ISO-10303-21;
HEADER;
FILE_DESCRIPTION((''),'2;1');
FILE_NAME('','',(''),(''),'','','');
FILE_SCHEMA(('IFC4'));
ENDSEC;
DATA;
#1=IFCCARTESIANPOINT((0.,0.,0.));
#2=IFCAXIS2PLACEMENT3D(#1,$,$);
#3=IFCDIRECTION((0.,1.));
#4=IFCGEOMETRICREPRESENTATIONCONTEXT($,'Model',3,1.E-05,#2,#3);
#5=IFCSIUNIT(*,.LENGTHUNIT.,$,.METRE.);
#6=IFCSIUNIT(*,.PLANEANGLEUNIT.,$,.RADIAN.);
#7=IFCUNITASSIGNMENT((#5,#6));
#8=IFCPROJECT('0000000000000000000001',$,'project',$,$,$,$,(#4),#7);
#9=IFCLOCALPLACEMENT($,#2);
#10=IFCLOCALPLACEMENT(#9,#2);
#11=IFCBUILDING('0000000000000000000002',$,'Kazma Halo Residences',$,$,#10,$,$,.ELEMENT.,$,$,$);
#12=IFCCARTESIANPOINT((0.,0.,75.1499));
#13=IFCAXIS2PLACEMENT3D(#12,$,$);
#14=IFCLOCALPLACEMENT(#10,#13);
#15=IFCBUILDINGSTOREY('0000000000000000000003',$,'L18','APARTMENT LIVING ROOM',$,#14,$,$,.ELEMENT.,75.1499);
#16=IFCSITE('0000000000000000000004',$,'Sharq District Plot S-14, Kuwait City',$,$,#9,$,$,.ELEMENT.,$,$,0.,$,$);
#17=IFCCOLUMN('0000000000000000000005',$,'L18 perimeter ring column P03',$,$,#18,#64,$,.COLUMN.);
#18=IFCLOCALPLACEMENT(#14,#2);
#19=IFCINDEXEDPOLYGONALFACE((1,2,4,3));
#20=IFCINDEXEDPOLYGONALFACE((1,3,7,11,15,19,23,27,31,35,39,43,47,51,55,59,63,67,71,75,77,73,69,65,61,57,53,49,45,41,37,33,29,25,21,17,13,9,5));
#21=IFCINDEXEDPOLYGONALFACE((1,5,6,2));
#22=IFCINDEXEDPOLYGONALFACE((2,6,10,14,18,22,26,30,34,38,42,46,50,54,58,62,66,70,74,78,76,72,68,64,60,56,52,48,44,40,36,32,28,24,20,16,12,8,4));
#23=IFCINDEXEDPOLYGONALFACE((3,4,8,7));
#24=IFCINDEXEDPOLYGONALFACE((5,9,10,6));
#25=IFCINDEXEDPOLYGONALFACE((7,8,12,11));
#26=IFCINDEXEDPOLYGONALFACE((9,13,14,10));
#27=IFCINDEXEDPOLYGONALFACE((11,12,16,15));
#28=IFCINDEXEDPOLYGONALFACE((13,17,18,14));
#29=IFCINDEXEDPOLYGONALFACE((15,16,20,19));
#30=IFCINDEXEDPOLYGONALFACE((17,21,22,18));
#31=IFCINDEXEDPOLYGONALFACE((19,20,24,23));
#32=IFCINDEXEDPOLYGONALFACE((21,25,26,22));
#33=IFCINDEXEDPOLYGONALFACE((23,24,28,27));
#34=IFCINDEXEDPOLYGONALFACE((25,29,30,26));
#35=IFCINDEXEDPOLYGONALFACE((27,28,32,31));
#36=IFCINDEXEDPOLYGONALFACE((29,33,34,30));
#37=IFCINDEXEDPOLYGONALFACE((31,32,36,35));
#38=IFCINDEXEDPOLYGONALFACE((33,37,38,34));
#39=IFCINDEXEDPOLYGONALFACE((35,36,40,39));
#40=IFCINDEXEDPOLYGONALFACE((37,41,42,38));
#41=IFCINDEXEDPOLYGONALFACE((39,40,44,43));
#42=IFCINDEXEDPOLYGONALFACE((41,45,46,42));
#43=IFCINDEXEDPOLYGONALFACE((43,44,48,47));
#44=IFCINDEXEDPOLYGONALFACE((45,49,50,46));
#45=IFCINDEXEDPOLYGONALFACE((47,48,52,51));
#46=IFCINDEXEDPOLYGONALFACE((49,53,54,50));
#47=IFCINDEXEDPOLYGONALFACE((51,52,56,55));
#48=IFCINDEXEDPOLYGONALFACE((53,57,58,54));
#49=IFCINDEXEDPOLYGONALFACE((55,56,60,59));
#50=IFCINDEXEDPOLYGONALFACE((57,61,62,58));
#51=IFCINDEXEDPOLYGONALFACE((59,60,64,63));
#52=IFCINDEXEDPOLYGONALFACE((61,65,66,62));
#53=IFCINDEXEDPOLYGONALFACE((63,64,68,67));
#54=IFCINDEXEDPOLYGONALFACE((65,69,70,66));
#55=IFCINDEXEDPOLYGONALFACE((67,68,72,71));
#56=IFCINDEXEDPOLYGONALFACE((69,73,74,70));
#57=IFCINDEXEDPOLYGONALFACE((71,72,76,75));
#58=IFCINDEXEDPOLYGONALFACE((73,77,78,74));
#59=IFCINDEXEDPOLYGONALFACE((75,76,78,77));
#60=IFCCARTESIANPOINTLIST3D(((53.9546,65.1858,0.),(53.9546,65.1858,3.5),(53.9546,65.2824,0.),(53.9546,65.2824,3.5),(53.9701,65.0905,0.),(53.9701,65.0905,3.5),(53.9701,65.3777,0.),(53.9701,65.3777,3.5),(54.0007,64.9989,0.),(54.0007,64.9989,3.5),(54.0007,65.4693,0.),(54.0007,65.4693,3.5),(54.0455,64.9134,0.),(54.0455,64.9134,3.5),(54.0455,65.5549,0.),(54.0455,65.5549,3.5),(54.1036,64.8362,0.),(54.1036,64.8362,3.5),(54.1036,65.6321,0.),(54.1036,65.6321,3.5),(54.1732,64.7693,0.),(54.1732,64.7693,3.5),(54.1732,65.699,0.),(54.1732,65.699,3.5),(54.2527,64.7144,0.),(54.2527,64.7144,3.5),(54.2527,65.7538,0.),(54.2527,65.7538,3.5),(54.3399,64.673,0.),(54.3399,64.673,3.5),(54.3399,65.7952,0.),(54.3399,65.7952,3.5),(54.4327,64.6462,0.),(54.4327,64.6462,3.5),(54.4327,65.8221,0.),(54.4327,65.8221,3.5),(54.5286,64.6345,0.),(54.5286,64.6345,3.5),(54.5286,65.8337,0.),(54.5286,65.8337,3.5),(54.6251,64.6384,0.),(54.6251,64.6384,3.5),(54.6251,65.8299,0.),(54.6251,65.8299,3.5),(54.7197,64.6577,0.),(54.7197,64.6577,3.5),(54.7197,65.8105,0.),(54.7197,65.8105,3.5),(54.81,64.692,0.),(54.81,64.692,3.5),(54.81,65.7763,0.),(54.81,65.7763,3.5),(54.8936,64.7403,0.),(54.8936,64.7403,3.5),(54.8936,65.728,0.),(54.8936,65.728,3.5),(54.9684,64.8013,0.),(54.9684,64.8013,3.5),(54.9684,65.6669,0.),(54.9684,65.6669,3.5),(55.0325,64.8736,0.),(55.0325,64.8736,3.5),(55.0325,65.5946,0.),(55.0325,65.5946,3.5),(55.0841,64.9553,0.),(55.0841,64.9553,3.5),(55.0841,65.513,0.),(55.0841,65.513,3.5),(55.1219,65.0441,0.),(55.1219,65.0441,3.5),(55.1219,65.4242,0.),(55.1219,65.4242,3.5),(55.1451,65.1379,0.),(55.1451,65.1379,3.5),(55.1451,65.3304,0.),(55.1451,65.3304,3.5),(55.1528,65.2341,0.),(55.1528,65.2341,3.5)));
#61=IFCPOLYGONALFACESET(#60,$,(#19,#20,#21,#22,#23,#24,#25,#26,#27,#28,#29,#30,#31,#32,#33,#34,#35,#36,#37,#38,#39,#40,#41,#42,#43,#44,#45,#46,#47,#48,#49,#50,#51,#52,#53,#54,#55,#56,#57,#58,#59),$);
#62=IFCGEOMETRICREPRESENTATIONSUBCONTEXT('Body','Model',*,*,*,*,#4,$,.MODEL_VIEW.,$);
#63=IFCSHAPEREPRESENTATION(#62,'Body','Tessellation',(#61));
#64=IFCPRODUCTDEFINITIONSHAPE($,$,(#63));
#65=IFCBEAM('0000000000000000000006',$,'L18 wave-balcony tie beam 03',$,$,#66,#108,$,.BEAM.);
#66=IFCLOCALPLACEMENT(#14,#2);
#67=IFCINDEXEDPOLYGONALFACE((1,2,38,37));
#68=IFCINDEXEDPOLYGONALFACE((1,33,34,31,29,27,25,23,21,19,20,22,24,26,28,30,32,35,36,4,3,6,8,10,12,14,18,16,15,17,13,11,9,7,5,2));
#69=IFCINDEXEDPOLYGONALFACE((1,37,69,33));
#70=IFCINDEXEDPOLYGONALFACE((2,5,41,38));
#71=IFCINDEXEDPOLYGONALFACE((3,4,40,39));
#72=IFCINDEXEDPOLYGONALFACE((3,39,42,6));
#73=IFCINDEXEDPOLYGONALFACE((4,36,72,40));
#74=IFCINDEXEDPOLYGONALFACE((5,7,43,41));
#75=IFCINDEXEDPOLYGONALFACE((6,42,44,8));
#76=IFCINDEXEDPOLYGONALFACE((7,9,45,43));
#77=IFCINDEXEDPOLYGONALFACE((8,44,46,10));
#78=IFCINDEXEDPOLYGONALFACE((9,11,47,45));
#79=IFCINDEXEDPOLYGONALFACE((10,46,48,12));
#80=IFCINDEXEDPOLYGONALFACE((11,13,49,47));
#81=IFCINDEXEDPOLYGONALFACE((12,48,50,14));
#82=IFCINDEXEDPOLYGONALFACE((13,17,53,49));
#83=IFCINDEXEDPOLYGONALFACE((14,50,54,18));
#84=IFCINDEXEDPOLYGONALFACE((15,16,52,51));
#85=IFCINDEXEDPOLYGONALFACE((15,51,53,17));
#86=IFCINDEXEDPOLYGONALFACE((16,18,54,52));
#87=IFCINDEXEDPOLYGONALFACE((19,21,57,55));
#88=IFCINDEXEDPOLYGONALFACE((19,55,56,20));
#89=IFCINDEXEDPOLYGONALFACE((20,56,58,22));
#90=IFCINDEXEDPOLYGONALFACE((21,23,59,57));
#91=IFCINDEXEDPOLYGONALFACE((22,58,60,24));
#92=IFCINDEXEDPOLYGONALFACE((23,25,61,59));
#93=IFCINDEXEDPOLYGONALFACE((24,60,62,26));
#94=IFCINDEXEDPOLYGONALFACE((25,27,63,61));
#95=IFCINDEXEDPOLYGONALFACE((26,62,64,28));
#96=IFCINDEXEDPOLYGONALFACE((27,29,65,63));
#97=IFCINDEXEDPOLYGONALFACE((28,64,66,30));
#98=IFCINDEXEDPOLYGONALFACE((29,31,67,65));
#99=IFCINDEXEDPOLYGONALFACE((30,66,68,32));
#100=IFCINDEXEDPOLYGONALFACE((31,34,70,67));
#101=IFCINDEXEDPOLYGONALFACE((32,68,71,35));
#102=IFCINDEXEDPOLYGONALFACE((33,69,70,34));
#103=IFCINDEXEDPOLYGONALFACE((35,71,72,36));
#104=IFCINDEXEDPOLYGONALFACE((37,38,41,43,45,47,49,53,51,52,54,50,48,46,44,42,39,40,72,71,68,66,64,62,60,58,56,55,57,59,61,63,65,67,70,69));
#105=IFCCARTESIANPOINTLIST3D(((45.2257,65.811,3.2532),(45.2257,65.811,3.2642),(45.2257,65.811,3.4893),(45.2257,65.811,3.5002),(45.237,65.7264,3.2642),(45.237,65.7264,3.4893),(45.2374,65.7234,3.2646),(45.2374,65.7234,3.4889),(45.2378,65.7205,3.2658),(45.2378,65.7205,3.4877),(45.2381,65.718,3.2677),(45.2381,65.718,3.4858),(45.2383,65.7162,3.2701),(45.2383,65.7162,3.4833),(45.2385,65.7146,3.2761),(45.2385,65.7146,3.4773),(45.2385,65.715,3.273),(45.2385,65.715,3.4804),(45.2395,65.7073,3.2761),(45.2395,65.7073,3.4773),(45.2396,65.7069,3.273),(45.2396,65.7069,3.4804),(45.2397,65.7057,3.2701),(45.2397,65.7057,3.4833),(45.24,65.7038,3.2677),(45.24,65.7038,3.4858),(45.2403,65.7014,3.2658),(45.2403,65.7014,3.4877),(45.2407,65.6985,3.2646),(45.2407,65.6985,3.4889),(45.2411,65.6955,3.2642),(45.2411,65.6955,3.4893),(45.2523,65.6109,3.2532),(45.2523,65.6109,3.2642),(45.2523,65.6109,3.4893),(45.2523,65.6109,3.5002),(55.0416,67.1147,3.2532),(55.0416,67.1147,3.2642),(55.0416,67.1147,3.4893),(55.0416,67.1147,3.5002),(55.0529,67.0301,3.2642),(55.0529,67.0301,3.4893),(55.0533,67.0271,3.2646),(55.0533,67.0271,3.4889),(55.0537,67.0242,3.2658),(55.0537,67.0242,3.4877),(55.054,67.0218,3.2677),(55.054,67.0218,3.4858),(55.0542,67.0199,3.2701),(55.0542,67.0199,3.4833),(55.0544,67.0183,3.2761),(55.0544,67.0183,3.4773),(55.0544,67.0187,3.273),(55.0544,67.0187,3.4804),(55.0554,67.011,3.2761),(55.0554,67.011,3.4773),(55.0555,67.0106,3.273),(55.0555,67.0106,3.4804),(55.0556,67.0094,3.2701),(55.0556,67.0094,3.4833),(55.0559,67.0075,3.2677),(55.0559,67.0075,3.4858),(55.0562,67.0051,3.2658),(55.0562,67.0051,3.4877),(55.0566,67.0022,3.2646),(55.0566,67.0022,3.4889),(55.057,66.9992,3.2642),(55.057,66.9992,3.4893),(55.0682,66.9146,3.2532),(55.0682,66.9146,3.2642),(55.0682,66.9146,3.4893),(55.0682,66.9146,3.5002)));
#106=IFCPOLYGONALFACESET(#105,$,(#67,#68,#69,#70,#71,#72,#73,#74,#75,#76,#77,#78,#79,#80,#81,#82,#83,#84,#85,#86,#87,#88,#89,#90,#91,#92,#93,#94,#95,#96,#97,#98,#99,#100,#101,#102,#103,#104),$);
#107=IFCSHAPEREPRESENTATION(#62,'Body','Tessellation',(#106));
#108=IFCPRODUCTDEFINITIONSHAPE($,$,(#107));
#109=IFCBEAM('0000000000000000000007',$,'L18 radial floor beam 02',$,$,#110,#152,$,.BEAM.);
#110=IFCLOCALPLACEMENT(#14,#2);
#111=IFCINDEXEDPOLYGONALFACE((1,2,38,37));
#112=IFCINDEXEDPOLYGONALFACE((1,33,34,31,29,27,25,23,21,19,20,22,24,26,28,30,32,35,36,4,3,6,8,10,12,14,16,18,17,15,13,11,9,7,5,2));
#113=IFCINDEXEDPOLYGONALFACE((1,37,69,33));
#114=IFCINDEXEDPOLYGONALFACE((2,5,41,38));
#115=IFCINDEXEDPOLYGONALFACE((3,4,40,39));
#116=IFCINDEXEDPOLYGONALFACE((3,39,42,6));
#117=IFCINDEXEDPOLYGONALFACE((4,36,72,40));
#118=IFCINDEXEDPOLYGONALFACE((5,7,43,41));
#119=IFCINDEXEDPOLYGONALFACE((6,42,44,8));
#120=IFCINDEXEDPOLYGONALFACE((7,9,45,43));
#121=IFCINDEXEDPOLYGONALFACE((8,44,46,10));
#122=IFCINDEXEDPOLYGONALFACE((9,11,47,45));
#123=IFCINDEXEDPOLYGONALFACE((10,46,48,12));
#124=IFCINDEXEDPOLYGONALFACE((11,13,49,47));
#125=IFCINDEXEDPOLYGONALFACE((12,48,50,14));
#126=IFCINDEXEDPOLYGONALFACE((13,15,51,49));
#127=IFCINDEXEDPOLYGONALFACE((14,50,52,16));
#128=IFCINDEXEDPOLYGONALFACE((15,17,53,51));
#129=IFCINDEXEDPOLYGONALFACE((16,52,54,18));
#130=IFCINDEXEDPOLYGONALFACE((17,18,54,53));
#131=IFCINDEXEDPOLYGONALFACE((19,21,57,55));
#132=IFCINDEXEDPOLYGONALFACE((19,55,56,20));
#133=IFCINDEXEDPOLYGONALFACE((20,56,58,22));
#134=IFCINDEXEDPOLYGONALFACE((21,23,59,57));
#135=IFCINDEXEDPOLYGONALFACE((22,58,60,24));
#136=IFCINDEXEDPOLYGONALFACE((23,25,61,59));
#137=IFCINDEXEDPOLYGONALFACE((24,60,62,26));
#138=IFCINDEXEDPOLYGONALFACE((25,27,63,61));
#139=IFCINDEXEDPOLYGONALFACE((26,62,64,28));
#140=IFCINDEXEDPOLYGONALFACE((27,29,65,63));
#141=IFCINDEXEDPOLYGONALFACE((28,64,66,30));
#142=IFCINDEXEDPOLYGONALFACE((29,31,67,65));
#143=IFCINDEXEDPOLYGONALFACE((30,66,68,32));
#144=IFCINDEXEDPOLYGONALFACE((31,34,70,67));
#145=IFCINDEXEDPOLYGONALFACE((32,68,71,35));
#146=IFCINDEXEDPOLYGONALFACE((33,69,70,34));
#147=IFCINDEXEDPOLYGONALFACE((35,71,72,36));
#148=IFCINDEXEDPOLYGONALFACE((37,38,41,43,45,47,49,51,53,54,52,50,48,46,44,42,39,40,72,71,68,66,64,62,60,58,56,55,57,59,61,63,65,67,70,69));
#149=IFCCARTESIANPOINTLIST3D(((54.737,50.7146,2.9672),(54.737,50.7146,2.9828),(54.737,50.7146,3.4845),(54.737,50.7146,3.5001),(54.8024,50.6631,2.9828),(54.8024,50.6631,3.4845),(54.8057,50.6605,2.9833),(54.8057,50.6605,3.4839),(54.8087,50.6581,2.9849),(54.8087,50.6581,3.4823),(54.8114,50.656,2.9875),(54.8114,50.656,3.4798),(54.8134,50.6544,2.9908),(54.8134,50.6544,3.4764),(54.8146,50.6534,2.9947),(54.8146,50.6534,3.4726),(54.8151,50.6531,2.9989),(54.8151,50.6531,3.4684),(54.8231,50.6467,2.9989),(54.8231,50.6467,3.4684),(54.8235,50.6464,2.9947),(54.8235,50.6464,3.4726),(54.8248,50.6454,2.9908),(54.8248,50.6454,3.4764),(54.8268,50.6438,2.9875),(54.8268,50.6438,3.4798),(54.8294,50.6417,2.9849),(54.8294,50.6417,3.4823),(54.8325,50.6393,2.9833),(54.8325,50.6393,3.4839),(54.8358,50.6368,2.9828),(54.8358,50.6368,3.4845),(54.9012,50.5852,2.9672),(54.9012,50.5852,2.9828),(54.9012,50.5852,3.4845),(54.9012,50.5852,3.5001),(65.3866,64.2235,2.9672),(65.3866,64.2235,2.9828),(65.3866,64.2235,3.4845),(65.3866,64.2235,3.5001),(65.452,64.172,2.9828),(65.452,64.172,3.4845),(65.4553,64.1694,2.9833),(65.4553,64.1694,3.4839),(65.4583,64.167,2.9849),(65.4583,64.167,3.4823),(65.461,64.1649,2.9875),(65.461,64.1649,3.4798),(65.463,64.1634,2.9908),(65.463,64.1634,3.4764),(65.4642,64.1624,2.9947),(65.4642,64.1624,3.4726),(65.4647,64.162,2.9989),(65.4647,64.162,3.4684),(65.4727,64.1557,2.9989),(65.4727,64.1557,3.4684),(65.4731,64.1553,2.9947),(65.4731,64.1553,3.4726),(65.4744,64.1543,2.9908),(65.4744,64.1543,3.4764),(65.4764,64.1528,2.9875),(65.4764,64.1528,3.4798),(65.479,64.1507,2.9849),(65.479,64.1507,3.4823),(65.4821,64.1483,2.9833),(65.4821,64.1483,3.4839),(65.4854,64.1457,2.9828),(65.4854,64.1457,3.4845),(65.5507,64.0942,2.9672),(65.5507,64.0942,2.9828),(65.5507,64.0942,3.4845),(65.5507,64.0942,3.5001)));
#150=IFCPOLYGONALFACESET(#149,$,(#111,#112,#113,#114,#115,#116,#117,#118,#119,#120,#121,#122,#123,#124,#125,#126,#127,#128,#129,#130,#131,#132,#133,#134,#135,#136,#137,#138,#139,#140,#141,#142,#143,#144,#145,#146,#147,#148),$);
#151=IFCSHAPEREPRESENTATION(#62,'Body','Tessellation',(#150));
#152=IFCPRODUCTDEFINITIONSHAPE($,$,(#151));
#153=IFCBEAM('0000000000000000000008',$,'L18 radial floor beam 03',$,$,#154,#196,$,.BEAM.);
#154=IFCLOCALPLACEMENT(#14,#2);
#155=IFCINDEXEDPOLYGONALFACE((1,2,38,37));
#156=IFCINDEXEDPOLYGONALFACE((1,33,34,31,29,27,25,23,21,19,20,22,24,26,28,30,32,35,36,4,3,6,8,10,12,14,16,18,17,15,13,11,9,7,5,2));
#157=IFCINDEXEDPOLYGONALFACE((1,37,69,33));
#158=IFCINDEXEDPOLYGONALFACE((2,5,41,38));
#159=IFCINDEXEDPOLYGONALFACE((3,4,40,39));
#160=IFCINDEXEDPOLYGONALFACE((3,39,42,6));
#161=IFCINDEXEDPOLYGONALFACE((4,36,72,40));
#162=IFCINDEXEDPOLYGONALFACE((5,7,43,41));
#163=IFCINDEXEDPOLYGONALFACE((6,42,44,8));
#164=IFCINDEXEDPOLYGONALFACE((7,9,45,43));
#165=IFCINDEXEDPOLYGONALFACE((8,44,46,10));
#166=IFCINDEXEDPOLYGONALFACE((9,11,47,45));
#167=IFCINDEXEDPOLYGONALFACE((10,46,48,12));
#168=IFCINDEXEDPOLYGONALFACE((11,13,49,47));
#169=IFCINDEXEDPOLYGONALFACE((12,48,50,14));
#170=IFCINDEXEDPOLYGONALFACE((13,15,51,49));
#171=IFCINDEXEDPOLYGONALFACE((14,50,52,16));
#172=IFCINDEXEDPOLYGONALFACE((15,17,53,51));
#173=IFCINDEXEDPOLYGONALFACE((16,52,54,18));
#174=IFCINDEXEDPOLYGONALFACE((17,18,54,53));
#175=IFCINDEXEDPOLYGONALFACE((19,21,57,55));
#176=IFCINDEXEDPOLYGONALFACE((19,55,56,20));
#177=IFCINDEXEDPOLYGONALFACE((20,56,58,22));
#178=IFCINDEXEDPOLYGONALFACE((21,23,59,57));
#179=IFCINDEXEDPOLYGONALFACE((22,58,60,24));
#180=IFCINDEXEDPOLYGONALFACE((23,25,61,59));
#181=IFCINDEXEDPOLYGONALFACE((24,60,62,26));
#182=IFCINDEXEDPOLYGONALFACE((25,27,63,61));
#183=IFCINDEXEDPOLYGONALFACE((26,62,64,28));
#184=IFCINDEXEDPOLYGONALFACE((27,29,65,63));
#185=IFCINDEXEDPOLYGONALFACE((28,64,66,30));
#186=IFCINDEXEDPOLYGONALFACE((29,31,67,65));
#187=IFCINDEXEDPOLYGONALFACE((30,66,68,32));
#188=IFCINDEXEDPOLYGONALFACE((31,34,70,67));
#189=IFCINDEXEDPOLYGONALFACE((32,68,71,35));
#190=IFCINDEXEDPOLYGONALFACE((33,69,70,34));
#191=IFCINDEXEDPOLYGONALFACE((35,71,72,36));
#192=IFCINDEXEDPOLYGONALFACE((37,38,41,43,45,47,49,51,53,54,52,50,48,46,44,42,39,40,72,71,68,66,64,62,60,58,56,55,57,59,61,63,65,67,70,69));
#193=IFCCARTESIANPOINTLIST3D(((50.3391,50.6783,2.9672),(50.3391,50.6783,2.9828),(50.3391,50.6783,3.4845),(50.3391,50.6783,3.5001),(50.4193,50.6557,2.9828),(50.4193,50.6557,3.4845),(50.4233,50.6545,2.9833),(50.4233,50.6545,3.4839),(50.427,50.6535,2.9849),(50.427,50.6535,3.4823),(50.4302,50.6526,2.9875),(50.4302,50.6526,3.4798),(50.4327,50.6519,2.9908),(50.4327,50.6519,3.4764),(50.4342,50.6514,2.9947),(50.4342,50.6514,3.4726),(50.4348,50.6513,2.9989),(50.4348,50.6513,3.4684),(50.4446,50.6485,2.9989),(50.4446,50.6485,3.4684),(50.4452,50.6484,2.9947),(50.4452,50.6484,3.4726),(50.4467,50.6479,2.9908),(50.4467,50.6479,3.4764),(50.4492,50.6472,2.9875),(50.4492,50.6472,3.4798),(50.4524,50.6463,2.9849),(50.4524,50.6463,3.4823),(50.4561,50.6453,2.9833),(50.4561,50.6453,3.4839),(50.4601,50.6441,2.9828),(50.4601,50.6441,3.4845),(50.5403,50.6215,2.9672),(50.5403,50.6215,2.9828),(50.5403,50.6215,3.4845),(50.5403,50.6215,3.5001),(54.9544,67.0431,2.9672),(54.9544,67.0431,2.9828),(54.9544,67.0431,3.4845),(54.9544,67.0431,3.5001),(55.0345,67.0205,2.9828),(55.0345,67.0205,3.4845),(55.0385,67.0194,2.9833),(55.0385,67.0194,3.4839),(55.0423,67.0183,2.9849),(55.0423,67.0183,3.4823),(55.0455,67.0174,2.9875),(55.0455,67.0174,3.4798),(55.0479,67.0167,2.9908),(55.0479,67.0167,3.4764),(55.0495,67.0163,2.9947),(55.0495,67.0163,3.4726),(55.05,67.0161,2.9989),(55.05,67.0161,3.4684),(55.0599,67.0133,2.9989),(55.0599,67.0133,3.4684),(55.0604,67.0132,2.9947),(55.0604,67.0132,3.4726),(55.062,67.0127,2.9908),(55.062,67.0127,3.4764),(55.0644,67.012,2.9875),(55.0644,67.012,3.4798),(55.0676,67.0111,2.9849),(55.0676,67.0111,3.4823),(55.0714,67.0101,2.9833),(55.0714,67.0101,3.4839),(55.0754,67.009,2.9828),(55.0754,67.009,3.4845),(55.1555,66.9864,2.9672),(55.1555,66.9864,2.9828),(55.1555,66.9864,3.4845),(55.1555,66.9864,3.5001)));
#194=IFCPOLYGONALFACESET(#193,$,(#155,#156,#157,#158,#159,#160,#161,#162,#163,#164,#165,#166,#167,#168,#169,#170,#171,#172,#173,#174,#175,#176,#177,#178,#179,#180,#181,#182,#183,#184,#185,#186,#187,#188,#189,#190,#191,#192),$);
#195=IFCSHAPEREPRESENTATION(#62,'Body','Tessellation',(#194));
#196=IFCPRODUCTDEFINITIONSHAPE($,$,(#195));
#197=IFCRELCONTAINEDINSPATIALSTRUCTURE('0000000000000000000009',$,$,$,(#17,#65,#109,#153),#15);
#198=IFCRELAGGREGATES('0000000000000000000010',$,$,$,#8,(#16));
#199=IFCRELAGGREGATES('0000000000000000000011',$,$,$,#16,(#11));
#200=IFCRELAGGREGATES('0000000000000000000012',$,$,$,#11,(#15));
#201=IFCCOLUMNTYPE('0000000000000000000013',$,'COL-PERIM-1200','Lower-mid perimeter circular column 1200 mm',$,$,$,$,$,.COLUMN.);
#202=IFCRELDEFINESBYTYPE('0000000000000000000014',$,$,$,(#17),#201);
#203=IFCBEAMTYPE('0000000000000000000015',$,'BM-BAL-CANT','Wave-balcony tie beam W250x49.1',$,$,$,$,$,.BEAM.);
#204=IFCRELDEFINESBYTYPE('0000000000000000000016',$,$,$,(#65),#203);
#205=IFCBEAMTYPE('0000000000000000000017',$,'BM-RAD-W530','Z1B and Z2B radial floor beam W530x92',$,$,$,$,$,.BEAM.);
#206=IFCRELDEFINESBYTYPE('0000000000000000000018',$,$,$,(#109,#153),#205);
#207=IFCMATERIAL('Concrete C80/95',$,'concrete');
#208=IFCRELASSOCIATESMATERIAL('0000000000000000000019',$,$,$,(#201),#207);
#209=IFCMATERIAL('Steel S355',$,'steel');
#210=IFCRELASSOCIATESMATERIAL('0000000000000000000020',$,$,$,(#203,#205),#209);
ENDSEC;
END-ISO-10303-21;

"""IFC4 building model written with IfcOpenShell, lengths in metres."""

from ifc_helpers import new_model, si_unit, direction, frame, origin, origin_2d, place, context, subcontext, project, spatial, circle, i_section, extrude, material, material_profile, profile_set, type_object, element, save


model = new_model("IFC4")

# Units and contexts
model_context = context("Model", 3, precision=1e-05, world=origin(), true_north=direction((0.0, 1.0)))
body_context = subcontext(model_context, "Body", "Model", "MODEL_VIEW")
ifc_project = project(units=[si_unit("LENGTHUNIT", "METRE"), si_unit("PLANEANGLEUNIT", "RADIAN")], contexts=[model_context])

# Site, building, storey
site_placement = place(None, origin())
site = spatial("IfcSite", under=ifc_project, at=site_placement, Name="Sharq District Plot S-14, Kuwait City", CompositionType="ELEMENT", RefElevation=0.0)
building_placement = place(site_placement, origin())
building = spatial("IfcBuilding", under=site, at=building_placement, Name="Kazma Halo Residences", CompositionType="ELEMENT")
storey_placement = place(building_placement, frame((0.0, 0.0, 75.1499)))
storey = spatial("IfcBuildingStorey", under=building, at=storey_placement, Name="L18", Description="APARTMENT LIVING ROOM", CompositionType="ELEMENT", Elevation=75.1499)

# Column
ifc_material_1 = material(Name="Concrete C80/95", Category="concrete")
ifc_material_profile_1 = material_profile(ifc_material_1, circle(Radius=0.6001, at=origin_2d()), Name="CIRC1200")
ifc_profile_set_1 = profile_set([ifc_material_profile_1], Name="Concrete C80/95")
column_type = type_object("IfcColumnType", Name="COL-PERIM-1200", Description="Lower-mid perimeter circular column 1200 mm", PredefinedType="COLUMN", material=ifc_profile_set_1)
column_placement = place(storey_placement, frame((54.5527, 65.2341, 0.0), z_axis=(0.0, 0.0, 1.0), x_axis=(1.0, 0.0, 0.0)))
element("IfcColumn", 1, at=column_placement, inside=storey, type_object=column_type, Name="L18 perimeter ring column P03", PredefinedType="COLUMN", context=body_context, shape_type="SweptSolid", body=[
    extrude(circle(Radius=0.6001, at=origin_2d()), origin(), (0.0, 0.0, 1.0), 3.5),
])

# Beams
ifc_material_2 = material(Name="Steel S355", Category="steel")
ifc_material_profile_2 = material_profile(ifc_material_2, i_section(OverallWidth=0.2019, OverallDepth=0.2471, WebThickness=0.0073, FlangeThickness=0.011, FilletRadius=0.012, at=origin_2d()), Name="W250x49.1")
ifc_profile_set_2 = profile_set([ifc_material_profile_2], Name="Steel S355")
beam_type_1 = type_object("IfcBeamType", Name="BM-BAL-CANT", Description="Wave-balcony tie beam W250x49.1", PredefinedType="BEAM", material=ifc_profile_set_2)
beam_1_placement = place(storey_placement, frame((55.0549, 67.0146, 3.3767), z_axis=(-0.991295, -0.13166, 0.0), x_axis=(0.13166, -0.991295, 0.0)))
element("IfcBeam", 2, at=beam_1_placement, inside=storey, type_object=beam_type_1, Name="L18 wave-balcony tie beam 03", PredefinedType="BEAM", context=body_context, shape_type="SweptSolid", body=[
    extrude(i_section(OverallWidth=0.2019, OverallDepth=0.2471, WebThickness=0.0073, FlangeThickness=0.011, FilletRadius=0.012, at=origin_2d()), origin(), (0.0, 0.0, 1.0), 9.9021),
])
ifc_material_profile_3 = material_profile(ifc_material_2, i_section(OverallWidth=0.209, OverallDepth=0.533, WebThickness=0.0103, FlangeThickness=0.0156, FilletRadius=0.0161, at=origin_2d()), Name="W530x92")
ifc_profile_set_3 = profile_set([ifc_material_profile_3], Name="Steel S355")
beam_type_2 = type_object("IfcBeamType", Name="BM-RAD-W530", Description="Z1B and Z2B radial floor beam W530x92", PredefinedType="BEAM", material=ifc_profile_set_3)
beam_2_placement = place(storey_placement, frame((54.8191, 50.6499, 3.2336), z_axis=(0.619094, 0.785317, 0.0), x_axis=(-0.785317, 0.619094, 0.0)))
element("IfcBeam", 3, at=beam_2_placement, inside=storey, type_object=beam_type_2, Name="L18 radial floor beam 02", PredefinedType="BEAM", context=body_context, shape_type="SweptSolid", body=[
    extrude(i_section(OverallWidth=0.209, OverallDepth=0.533, WebThickness=0.0103, FlangeThickness=0.0156, FilletRadius=0.0161, at=origin_2d()), origin(), (0.0, 0.0, 1.0), 17.2019),
])
beam_3_placement = place(storey_placement, frame((50.4397, 50.6499, 3.2336), z_axis=(0.271435, 0.962457, 0.0), x_axis=(-0.962457, 0.271435, 0.0)))
element("IfcBeam", 4, at=beam_3_placement, inside=storey, type_object=beam_type_2, Name="L18 radial floor beam 03", PredefinedType="BEAM", context=body_context, shape_type="SweptSolid", body=[
    extrude(i_section(OverallWidth=0.209, OverallDepth=0.533, WebThickness=0.0103, FlangeThickness=0.0156, FilletRadius=0.0161, at=origin_2d()), origin(), (0.0, 0.0, 1.0), 17.0032),
])

save(model, "model.ifc")
